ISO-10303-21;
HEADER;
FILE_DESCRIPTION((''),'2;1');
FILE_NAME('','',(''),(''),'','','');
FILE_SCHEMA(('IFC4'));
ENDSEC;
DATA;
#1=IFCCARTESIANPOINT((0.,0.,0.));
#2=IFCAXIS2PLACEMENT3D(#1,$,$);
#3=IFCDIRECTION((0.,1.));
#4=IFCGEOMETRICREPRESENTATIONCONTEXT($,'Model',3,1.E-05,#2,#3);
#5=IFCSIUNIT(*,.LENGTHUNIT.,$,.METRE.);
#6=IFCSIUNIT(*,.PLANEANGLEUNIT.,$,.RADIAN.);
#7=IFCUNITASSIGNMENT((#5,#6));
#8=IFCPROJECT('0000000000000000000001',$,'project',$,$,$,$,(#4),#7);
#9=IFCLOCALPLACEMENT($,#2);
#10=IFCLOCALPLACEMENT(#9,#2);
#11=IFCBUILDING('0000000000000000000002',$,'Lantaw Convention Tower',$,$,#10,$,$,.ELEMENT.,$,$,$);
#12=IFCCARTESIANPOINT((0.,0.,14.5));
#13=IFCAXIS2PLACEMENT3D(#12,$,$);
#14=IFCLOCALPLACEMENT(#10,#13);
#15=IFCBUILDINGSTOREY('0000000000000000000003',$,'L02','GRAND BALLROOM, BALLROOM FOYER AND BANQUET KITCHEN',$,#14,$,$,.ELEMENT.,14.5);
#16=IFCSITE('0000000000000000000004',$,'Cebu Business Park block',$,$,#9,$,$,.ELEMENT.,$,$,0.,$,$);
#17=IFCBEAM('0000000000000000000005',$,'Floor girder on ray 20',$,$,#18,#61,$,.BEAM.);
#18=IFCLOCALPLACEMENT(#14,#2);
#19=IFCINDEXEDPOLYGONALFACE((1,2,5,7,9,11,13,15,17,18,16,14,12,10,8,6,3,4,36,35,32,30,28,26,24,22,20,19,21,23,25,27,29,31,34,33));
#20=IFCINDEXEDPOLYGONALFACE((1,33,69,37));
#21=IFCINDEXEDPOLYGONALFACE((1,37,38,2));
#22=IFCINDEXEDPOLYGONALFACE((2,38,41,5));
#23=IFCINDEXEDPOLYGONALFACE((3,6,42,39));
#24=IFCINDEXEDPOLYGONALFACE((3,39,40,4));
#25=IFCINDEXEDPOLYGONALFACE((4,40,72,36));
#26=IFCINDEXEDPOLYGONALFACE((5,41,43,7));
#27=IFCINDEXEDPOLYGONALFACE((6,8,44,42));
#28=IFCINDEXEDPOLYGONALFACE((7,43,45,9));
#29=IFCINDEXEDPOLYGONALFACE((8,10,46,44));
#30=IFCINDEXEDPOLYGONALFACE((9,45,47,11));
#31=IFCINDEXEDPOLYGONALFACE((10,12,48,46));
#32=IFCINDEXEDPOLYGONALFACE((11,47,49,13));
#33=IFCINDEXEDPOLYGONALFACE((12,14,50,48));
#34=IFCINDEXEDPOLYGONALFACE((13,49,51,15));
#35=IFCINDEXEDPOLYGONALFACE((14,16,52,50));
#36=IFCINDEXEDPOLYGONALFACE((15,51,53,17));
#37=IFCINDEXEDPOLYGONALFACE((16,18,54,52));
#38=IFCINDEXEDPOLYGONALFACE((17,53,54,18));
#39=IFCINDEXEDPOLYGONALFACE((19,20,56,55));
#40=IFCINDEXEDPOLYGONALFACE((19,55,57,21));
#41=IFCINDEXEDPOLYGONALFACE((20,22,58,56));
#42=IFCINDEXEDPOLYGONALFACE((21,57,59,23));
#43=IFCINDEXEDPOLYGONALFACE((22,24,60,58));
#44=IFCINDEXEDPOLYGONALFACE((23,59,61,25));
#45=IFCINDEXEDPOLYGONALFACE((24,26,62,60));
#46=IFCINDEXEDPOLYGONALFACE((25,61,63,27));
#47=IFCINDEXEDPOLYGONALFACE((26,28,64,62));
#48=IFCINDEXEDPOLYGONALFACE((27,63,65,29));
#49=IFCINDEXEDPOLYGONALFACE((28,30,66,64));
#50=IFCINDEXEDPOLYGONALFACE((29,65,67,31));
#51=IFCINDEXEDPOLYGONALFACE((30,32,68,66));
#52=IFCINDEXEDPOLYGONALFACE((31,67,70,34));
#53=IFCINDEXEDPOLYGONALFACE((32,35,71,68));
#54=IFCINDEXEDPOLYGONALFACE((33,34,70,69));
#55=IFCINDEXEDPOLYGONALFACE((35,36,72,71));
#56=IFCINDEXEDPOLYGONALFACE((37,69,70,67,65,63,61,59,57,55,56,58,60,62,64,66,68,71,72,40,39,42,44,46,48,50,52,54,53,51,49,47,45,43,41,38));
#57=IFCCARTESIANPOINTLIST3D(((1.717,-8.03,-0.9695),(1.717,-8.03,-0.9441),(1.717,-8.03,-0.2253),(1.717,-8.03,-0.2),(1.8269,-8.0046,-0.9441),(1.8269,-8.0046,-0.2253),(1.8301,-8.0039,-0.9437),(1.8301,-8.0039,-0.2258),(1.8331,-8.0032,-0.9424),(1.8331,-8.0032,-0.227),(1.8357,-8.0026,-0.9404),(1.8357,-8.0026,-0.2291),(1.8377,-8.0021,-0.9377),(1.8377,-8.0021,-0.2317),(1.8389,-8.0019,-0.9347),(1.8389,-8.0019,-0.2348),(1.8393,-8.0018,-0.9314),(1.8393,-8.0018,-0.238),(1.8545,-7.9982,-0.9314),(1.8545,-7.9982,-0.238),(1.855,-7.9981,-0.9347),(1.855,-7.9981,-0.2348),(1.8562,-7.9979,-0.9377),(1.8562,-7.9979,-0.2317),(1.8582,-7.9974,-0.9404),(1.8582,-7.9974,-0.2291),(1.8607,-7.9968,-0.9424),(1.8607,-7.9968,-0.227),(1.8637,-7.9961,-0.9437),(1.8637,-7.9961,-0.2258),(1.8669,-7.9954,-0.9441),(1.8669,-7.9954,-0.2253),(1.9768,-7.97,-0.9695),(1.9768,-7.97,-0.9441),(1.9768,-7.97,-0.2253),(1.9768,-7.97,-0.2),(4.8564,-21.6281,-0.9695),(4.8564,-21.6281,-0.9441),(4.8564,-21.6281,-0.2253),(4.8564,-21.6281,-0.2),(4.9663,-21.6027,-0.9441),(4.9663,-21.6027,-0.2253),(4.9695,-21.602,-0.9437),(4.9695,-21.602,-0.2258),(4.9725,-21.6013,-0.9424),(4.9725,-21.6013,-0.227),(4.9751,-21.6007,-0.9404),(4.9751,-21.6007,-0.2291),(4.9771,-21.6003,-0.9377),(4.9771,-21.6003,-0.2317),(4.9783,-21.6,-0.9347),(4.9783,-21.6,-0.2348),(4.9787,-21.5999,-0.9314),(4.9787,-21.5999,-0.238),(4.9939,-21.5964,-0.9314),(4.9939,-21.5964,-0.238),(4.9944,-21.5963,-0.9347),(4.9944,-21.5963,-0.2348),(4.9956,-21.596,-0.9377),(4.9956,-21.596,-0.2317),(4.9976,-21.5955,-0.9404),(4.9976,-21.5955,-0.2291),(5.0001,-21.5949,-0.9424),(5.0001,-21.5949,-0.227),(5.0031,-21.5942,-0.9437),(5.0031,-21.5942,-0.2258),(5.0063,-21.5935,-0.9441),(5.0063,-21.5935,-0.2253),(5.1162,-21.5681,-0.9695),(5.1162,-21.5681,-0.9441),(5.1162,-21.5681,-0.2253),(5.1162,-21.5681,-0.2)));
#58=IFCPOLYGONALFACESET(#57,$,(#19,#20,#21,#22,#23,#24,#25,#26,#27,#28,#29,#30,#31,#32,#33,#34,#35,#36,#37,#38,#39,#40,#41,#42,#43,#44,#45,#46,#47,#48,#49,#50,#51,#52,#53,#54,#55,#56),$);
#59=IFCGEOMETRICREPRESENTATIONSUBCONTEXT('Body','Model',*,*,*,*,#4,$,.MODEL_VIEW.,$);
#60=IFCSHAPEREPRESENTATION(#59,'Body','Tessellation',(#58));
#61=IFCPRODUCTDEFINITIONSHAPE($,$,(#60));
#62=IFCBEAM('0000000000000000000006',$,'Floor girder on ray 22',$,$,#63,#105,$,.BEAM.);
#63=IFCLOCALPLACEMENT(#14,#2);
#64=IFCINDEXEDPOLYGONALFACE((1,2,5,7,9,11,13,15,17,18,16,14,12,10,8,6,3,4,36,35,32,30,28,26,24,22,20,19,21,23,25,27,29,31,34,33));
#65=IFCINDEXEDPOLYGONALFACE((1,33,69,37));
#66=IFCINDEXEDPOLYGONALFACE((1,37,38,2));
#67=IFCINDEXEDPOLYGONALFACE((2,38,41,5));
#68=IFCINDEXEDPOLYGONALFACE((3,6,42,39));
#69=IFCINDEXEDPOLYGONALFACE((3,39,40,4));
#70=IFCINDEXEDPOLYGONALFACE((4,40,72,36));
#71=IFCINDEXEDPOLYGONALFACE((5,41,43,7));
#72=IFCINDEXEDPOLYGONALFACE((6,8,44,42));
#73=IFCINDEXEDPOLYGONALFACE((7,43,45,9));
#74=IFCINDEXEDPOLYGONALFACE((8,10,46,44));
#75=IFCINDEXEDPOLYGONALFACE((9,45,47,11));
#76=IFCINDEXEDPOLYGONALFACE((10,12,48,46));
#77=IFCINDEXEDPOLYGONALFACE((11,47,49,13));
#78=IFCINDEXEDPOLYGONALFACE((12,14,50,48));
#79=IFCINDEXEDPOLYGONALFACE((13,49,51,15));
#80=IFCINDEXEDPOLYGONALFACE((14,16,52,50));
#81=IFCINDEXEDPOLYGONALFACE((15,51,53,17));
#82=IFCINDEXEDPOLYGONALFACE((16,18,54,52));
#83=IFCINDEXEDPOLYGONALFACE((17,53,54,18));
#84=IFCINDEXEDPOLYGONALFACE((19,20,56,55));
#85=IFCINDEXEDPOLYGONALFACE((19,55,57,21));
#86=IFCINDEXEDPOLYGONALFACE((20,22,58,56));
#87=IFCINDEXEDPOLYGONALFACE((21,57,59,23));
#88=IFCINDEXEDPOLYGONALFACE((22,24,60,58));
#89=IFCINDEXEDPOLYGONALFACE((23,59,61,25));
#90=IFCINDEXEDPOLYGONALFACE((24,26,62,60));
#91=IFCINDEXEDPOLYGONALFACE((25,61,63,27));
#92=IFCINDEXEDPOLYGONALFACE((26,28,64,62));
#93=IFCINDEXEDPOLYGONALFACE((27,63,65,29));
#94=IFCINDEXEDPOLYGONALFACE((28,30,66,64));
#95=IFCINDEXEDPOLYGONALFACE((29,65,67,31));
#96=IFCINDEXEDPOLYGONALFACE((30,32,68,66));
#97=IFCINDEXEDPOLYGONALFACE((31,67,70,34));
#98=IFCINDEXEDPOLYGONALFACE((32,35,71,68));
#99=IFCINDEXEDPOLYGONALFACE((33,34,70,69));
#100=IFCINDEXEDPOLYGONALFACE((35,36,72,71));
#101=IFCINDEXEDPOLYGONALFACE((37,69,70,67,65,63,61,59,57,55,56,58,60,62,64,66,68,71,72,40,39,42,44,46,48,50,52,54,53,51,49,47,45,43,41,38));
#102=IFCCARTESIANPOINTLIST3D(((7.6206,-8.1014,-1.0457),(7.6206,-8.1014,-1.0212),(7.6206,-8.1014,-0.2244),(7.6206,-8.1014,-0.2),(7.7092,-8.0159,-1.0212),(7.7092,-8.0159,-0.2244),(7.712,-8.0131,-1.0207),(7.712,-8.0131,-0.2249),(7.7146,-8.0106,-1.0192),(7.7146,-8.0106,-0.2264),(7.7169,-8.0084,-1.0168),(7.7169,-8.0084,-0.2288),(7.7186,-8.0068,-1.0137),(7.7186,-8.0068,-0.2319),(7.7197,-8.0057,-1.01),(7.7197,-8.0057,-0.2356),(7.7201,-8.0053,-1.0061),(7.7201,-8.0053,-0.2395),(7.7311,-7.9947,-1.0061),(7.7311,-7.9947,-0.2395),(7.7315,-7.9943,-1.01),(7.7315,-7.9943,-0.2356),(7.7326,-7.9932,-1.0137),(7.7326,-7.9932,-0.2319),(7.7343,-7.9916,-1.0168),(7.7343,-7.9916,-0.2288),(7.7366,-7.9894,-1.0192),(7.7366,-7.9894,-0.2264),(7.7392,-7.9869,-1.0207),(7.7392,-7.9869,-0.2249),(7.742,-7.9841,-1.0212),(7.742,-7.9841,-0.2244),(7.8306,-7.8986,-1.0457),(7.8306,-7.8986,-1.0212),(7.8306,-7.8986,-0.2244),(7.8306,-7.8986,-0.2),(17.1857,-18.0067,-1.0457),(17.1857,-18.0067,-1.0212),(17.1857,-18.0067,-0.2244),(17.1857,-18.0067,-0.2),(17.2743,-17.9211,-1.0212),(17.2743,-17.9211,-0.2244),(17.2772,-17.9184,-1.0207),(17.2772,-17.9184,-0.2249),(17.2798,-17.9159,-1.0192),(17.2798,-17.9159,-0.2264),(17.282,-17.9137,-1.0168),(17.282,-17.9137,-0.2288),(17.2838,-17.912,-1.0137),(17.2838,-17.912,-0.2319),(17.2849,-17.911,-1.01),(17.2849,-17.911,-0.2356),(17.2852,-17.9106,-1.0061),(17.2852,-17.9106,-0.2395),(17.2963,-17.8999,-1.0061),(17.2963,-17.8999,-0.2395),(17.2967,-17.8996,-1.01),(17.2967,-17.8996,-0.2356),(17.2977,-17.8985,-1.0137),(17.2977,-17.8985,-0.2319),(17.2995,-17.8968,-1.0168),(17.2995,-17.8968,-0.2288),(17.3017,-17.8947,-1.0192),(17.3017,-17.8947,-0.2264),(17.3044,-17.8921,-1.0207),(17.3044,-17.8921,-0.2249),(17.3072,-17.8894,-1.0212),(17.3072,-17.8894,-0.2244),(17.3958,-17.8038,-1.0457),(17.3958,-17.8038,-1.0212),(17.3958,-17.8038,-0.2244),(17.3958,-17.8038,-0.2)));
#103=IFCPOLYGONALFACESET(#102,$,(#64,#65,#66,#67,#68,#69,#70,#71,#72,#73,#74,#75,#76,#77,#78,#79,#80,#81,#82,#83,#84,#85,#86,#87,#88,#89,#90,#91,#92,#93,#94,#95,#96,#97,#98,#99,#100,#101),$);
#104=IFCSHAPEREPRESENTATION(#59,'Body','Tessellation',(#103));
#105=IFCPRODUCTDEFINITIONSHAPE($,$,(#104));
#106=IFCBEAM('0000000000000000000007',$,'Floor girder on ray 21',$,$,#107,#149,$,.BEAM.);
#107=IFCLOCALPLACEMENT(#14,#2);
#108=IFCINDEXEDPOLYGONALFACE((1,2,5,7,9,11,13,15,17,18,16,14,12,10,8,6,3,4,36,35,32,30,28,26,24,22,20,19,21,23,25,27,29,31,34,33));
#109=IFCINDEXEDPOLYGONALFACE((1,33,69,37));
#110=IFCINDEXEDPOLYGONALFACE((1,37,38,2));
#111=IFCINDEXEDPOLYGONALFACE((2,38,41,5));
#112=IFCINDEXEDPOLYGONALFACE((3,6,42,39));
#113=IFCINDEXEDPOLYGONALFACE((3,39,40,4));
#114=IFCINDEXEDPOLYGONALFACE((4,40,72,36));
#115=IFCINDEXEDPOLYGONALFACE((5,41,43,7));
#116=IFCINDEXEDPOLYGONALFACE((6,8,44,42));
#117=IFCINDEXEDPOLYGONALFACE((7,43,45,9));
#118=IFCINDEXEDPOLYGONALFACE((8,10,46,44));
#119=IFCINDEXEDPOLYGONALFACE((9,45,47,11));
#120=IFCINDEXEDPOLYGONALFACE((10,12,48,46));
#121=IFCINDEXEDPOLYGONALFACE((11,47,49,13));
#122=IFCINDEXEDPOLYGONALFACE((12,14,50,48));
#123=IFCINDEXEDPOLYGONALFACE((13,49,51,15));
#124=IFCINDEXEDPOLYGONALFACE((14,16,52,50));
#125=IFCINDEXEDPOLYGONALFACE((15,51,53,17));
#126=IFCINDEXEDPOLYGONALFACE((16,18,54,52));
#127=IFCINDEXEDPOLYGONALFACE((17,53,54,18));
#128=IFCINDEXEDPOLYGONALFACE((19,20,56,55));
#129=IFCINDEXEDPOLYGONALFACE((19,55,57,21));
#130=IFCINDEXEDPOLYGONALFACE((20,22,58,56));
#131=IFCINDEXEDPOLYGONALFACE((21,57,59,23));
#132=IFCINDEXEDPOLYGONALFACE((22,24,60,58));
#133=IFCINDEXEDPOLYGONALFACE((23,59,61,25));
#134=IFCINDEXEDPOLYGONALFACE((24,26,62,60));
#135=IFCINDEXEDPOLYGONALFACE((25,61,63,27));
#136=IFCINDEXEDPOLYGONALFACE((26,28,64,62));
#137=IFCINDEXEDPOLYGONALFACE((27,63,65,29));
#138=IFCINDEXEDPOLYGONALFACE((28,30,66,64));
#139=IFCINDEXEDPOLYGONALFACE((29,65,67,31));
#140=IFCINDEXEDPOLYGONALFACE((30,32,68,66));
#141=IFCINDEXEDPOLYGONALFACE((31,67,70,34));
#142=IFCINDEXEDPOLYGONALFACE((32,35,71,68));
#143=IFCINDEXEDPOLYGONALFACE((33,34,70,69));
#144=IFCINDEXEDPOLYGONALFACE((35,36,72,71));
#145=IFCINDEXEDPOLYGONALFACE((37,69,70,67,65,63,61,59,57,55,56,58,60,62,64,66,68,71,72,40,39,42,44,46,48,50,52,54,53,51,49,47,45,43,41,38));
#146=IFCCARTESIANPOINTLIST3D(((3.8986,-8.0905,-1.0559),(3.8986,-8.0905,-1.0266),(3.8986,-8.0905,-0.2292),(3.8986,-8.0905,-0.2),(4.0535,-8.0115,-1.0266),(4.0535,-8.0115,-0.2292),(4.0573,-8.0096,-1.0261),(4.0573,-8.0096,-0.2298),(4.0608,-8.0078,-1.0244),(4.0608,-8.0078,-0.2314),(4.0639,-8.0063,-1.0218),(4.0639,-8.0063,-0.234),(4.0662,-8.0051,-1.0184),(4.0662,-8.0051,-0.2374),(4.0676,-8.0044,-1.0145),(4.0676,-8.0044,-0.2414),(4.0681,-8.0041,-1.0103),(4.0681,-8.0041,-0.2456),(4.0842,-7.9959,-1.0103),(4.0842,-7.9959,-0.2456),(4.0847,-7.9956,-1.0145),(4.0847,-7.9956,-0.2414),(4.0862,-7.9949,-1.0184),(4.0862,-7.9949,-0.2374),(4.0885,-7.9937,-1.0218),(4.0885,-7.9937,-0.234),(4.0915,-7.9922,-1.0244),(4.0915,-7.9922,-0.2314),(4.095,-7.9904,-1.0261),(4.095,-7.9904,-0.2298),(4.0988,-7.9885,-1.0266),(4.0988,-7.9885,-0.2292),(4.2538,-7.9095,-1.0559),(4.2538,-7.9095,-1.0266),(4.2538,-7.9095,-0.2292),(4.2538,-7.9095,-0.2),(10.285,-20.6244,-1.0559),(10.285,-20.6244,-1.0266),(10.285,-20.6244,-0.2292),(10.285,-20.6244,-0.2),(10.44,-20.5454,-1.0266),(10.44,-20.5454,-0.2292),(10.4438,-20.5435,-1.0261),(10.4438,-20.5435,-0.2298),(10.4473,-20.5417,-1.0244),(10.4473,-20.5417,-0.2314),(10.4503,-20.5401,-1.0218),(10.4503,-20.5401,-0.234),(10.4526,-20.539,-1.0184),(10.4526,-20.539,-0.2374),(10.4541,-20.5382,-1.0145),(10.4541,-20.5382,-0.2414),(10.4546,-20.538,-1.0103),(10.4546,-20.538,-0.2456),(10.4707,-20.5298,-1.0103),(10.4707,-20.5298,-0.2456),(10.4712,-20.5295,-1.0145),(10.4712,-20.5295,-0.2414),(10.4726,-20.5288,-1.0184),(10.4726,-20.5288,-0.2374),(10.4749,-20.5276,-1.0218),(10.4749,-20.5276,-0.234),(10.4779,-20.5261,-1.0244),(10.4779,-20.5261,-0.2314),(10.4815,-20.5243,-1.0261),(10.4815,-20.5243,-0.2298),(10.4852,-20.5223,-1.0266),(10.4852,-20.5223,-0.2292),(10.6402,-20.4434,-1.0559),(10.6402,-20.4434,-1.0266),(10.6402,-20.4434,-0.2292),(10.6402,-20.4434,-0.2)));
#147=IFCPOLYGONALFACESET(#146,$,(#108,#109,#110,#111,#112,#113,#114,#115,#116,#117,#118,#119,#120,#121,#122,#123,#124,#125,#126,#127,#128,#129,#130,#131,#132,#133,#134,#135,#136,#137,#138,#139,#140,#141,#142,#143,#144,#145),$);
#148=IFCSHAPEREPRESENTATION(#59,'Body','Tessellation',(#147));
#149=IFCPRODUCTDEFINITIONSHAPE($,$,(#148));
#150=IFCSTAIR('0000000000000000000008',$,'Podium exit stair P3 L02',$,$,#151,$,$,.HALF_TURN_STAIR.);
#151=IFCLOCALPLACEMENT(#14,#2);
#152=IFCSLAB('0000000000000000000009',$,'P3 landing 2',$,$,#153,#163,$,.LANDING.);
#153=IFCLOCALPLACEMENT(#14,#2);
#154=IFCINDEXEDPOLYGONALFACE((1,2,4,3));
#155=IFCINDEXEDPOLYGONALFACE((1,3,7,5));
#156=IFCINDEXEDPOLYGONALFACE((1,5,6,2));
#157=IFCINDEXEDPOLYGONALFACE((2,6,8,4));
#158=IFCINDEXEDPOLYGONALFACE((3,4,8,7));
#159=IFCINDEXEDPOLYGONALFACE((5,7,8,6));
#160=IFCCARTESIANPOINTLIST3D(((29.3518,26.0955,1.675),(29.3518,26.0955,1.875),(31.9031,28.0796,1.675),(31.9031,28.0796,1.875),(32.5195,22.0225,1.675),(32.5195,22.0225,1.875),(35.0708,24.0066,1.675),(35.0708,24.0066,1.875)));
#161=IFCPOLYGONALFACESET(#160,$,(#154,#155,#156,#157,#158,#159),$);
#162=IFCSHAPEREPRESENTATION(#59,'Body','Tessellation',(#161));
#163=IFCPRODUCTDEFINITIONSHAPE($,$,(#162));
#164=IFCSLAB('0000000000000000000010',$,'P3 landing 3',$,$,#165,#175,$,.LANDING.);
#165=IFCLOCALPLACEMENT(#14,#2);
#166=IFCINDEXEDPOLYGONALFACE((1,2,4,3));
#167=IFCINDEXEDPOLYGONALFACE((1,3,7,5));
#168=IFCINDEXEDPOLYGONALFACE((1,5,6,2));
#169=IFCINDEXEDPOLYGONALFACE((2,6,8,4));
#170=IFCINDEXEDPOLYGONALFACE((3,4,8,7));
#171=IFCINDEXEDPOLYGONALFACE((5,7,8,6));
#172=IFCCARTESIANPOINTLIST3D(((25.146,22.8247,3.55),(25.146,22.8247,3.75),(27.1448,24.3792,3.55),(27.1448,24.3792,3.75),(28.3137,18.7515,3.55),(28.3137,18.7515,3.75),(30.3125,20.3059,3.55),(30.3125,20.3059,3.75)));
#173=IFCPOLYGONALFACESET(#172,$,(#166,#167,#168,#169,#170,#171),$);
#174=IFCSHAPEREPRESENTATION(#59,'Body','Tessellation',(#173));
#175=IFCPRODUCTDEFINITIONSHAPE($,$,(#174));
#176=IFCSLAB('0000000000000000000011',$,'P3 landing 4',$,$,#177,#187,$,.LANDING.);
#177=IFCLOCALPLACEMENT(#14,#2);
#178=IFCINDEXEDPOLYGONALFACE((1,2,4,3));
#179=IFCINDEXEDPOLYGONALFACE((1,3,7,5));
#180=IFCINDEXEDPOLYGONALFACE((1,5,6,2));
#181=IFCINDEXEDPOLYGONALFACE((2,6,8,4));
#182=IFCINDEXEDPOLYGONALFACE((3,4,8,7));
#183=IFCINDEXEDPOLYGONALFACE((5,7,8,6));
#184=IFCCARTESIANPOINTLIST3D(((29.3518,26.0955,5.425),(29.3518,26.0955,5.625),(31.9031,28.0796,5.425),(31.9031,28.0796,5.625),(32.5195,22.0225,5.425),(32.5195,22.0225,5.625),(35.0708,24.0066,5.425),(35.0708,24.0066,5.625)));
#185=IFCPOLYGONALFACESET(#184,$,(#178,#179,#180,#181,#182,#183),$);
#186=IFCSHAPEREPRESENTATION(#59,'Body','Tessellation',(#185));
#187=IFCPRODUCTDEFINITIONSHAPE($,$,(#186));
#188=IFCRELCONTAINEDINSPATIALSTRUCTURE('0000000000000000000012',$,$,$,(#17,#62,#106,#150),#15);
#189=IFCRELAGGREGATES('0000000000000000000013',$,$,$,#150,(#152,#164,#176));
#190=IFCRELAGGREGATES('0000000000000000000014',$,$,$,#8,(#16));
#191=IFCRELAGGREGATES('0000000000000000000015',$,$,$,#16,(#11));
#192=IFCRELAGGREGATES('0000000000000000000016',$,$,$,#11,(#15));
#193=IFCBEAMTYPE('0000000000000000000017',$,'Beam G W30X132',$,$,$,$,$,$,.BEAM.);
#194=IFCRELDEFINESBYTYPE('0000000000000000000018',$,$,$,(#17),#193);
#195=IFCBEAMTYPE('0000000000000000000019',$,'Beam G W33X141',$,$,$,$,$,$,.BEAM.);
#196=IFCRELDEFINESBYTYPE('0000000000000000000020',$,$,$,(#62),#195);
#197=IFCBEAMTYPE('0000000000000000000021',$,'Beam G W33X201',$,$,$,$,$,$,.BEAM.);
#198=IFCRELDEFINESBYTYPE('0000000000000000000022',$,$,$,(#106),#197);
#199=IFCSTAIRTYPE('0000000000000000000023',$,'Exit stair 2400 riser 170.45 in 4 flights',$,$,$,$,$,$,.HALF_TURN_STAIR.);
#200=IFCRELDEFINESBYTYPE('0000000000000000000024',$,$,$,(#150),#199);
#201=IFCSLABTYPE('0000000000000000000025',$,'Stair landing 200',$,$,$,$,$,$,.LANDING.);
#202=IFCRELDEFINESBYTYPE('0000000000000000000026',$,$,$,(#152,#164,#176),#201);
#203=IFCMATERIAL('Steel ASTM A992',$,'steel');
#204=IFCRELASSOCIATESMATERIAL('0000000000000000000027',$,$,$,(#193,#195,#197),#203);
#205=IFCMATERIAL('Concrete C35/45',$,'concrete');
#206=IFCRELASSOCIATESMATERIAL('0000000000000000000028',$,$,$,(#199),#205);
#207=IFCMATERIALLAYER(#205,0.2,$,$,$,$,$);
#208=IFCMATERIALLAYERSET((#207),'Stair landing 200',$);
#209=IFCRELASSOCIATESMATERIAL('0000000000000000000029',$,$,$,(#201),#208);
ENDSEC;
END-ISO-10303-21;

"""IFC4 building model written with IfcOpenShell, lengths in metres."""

from ifc_helpers import new_model, si_unit, direction, frame, origin, origin_2d, place, context, subcontext, project, spatial, polyline, i_section, outline, extrude, material, layer, layer_set, material_profile, profile_set, type_object, element, aggregate, save


model = new_model("IFC4")

# Units and contexts
model_context = context("Model", 3, precision=1e-05, world=origin(), true_north=direction((0.0, 1.0)))
body_context = subcontext(model_context, "Body", "Model", "MODEL_VIEW")
ifc_project = project(units=[si_unit("LENGTHUNIT", "METRE"), si_unit("PLANEANGLEUNIT", "RADIAN")], contexts=[model_context])

# Site, building, storey
site_placement = place(None, origin())
site = spatial("IfcSite", under=ifc_project, at=site_placement, Name="Cebu Business Park block", CompositionType="ELEMENT", RefElevation=0.0)
building_placement = place(site_placement, origin())
building = spatial("IfcBuilding", under=site, at=building_placement, Name="Lantaw Convention Tower", CompositionType="ELEMENT")
storey_placement = place(building_placement, frame((0.0, 0.0, 14.5)))
storey = spatial("IfcBuildingStorey", under=building, at=storey_placement, Name="L02", Description="GRAND BALLROOM, BALLROOM FOYER AND BANQUET KITCHEN", CompositionType="ELEMENT", Elevation=14.5)

# Beams
ifc_material_1 = material(Name="Steel ASTM A992", Category="steel")
ifc_material_profile_1 = material_profile(ifc_material_1, i_section(OverallWidth=0.2666, OverallDepth=0.7695, WebThickness=0.0156, FlangeThickness=0.0254, FilletRadius=0.0127, at=origin_2d()), Name="W30X132")
ifc_profile_set_1 = profile_set([ifc_material_profile_1], Name="Steel ASTM A992")
beam_type_1 = type_object("IfcBeamType", Name="Beam G W30X132", PredefinedType="BEAM", material=ifc_profile_set_1)
beam_1_placement = place(storey_placement, frame((1.8469, -8.0, -0.5847), z_axis=(0.224953, -0.97437, 0.0), x_axis=(0.97437, 0.224953, 0.0)))
element("IfcBeam", 1, at=beam_1_placement, inside=storey, type_object=beam_type_1, Name="Floor girder on ray 20", PredefinedType="BEAM", context=body_context, shape_type="SweptSolid", body=[
    extrude(i_section(OverallWidth=0.2666, OverallDepth=0.7695, WebThickness=0.0156, FlangeThickness=0.0254, FilletRadius=0.0127, at=origin_2d()), origin(), (0.0, 0.0, 1.0), 13.9558),
])
ifc_material_profile_2 = material_profile(ifc_material_1, i_section(OverallWidth=0.292, OverallDepth=0.8457, WebThickness=0.0154, FlangeThickness=0.0244, FilletRadius=0.0151, at=origin_2d()), Name="W33X141")
ifc_profile_set_2 = profile_set([ifc_material_profile_2], Name="Steel ASTM A992")
beam_type_2 = type_object("IfcBeamType", Name="Beam G W33X141", PredefinedType="BEAM", material=ifc_profile_set_2)
beam_2_placement = place(storey_placement, frame((7.7256, -8.0, -0.6228), z_axis=(0.69465, -0.719348, 0.0), x_axis=(0.719348, 0.69465, 0.0)))
element("IfcBeam", 2, at=beam_2_placement, inside=storey, type_object=beam_type_2, Name="Floor girder on ray 22", PredefinedType="BEAM", context=body_context, shape_type="SweptSolid", body=[
    extrude(i_section(OverallWidth=0.292, OverallDepth=0.8457, WebThickness=0.0154, FlangeThickness=0.0244, FilletRadius=0.0151, at=origin_2d()), origin(), (0.0, 0.0, 1.0), 13.7698),
])
ifc_material_profile_3 = material_profile(ifc_material_1, i_section(OverallWidth=0.3987, OverallDepth=0.856, WebThickness=0.0181, FlangeThickness=0.0293, FilletRadius=0.0164, at=origin_2d()), Name="W33X201")
ifc_profile_set_3 = profile_set([ifc_material_profile_3], Name="Steel ASTM A992")
beam_type_3 = type_object("IfcBeamType", Name="Beam G W33X201", PredefinedType="BEAM", material=ifc_profile_set_3)
beam_3_placement = place(storey_placement, frame((4.0762, -8.0, -0.6279), z_axis=(0.453997, -0.891003, 0.0), x_axis=(0.891003, 0.453997, 0.0)))
element("IfcBeam", 3, at=beam_3_placement, inside=storey, type_object=beam_type_3, Name="Floor girder on ray 21", PredefinedType="BEAM", context=body_context, shape_type="SweptSolid", body=[
    extrude(i_section(OverallWidth=0.3987, OverallDepth=0.856, WebThickness=0.0181, FlangeThickness=0.0293, FilletRadius=0.0164, at=origin_2d()), origin(), (0.0, 0.0, 1.0), 14.0671),
])

# Stair, slabs
ifc_material_2 = material(Name="Concrete C35/45", Category="concrete")
stair_type = type_object("IfcStairType", Name="Exit stair 2400 riser 170.45 in 4 flights", PredefinedType="HALF_TURN_STAIR", material=ifc_material_2)
stair_1_placement = place(storey_placement, origin())
stair_1 = element("IfcStair", 4, at=stair_1_placement, inside=storey, type_object=stair_type, Name="Podium exit stair P3 L02", PredefinedType="HALF_TURN_STAIR")
ifc_layer_1 = layer(ifc_material_2, 0.2)
ifc_layer_set_1 = layer_set([ifc_layer_1], Name="Stair landing 200")
slab_type = type_object("IfcSlabType", Name="Stair landing 200", PredefinedType="LANDING", material=ifc_layer_set_1)
slab_1_placement = place(storey_placement, frame((0.0, 0.0, 1.675)))
slab_1 = element("IfcSlab", 5, at=slab_1_placement, type_object=slab_type, Name="P3 landing 2", PredefinedType="LANDING", context=body_context, shape_type="SweptSolid", body=[
    extrude(outline(polyline([(32.5195, 22.0225), (35.0708, 24.0066), (31.9031, 28.0796), (29.3518, 26.0955), (32.5195, 22.0225)])), origin(), (0.0, 0.0, 1.0), 0.2),
])
slab_2_placement = place(storey_placement, frame((0.0, 0.0, 3.55)))
slab_2 = element("IfcSlab", 6, at=slab_2_placement, type_object=slab_type, Name="P3 landing 3", PredefinedType="LANDING", context=body_context, shape_type="SweptSolid", body=[
    extrude(outline(polyline([(28.3137, 18.7515), (30.3125, 20.3059), (27.1448, 24.3792), (25.146, 22.8247), (28.3137, 18.7515)])), origin(), (0.0, 0.0, 1.0), 0.2),
])
slab_3_placement = place(storey_placement, frame((0.0, 0.0, 5.425)))
slab_3 = element("IfcSlab", 7, at=slab_3_placement, type_object=slab_type, Name="P3 landing 4", PredefinedType="LANDING", context=body_context, shape_type="SweptSolid", body=[
    extrude(outline(polyline([(32.5195, 22.0225), (35.0708, 24.0066), (31.9031, 28.0796), (29.3518, 26.0955), (32.5195, 22.0225)])), origin(), (0.0, 0.0, 1.0), 0.2),
])
aggregate(stair_1, [slab_1, slab_2, slab_3])

save(model, "model.ifc")
